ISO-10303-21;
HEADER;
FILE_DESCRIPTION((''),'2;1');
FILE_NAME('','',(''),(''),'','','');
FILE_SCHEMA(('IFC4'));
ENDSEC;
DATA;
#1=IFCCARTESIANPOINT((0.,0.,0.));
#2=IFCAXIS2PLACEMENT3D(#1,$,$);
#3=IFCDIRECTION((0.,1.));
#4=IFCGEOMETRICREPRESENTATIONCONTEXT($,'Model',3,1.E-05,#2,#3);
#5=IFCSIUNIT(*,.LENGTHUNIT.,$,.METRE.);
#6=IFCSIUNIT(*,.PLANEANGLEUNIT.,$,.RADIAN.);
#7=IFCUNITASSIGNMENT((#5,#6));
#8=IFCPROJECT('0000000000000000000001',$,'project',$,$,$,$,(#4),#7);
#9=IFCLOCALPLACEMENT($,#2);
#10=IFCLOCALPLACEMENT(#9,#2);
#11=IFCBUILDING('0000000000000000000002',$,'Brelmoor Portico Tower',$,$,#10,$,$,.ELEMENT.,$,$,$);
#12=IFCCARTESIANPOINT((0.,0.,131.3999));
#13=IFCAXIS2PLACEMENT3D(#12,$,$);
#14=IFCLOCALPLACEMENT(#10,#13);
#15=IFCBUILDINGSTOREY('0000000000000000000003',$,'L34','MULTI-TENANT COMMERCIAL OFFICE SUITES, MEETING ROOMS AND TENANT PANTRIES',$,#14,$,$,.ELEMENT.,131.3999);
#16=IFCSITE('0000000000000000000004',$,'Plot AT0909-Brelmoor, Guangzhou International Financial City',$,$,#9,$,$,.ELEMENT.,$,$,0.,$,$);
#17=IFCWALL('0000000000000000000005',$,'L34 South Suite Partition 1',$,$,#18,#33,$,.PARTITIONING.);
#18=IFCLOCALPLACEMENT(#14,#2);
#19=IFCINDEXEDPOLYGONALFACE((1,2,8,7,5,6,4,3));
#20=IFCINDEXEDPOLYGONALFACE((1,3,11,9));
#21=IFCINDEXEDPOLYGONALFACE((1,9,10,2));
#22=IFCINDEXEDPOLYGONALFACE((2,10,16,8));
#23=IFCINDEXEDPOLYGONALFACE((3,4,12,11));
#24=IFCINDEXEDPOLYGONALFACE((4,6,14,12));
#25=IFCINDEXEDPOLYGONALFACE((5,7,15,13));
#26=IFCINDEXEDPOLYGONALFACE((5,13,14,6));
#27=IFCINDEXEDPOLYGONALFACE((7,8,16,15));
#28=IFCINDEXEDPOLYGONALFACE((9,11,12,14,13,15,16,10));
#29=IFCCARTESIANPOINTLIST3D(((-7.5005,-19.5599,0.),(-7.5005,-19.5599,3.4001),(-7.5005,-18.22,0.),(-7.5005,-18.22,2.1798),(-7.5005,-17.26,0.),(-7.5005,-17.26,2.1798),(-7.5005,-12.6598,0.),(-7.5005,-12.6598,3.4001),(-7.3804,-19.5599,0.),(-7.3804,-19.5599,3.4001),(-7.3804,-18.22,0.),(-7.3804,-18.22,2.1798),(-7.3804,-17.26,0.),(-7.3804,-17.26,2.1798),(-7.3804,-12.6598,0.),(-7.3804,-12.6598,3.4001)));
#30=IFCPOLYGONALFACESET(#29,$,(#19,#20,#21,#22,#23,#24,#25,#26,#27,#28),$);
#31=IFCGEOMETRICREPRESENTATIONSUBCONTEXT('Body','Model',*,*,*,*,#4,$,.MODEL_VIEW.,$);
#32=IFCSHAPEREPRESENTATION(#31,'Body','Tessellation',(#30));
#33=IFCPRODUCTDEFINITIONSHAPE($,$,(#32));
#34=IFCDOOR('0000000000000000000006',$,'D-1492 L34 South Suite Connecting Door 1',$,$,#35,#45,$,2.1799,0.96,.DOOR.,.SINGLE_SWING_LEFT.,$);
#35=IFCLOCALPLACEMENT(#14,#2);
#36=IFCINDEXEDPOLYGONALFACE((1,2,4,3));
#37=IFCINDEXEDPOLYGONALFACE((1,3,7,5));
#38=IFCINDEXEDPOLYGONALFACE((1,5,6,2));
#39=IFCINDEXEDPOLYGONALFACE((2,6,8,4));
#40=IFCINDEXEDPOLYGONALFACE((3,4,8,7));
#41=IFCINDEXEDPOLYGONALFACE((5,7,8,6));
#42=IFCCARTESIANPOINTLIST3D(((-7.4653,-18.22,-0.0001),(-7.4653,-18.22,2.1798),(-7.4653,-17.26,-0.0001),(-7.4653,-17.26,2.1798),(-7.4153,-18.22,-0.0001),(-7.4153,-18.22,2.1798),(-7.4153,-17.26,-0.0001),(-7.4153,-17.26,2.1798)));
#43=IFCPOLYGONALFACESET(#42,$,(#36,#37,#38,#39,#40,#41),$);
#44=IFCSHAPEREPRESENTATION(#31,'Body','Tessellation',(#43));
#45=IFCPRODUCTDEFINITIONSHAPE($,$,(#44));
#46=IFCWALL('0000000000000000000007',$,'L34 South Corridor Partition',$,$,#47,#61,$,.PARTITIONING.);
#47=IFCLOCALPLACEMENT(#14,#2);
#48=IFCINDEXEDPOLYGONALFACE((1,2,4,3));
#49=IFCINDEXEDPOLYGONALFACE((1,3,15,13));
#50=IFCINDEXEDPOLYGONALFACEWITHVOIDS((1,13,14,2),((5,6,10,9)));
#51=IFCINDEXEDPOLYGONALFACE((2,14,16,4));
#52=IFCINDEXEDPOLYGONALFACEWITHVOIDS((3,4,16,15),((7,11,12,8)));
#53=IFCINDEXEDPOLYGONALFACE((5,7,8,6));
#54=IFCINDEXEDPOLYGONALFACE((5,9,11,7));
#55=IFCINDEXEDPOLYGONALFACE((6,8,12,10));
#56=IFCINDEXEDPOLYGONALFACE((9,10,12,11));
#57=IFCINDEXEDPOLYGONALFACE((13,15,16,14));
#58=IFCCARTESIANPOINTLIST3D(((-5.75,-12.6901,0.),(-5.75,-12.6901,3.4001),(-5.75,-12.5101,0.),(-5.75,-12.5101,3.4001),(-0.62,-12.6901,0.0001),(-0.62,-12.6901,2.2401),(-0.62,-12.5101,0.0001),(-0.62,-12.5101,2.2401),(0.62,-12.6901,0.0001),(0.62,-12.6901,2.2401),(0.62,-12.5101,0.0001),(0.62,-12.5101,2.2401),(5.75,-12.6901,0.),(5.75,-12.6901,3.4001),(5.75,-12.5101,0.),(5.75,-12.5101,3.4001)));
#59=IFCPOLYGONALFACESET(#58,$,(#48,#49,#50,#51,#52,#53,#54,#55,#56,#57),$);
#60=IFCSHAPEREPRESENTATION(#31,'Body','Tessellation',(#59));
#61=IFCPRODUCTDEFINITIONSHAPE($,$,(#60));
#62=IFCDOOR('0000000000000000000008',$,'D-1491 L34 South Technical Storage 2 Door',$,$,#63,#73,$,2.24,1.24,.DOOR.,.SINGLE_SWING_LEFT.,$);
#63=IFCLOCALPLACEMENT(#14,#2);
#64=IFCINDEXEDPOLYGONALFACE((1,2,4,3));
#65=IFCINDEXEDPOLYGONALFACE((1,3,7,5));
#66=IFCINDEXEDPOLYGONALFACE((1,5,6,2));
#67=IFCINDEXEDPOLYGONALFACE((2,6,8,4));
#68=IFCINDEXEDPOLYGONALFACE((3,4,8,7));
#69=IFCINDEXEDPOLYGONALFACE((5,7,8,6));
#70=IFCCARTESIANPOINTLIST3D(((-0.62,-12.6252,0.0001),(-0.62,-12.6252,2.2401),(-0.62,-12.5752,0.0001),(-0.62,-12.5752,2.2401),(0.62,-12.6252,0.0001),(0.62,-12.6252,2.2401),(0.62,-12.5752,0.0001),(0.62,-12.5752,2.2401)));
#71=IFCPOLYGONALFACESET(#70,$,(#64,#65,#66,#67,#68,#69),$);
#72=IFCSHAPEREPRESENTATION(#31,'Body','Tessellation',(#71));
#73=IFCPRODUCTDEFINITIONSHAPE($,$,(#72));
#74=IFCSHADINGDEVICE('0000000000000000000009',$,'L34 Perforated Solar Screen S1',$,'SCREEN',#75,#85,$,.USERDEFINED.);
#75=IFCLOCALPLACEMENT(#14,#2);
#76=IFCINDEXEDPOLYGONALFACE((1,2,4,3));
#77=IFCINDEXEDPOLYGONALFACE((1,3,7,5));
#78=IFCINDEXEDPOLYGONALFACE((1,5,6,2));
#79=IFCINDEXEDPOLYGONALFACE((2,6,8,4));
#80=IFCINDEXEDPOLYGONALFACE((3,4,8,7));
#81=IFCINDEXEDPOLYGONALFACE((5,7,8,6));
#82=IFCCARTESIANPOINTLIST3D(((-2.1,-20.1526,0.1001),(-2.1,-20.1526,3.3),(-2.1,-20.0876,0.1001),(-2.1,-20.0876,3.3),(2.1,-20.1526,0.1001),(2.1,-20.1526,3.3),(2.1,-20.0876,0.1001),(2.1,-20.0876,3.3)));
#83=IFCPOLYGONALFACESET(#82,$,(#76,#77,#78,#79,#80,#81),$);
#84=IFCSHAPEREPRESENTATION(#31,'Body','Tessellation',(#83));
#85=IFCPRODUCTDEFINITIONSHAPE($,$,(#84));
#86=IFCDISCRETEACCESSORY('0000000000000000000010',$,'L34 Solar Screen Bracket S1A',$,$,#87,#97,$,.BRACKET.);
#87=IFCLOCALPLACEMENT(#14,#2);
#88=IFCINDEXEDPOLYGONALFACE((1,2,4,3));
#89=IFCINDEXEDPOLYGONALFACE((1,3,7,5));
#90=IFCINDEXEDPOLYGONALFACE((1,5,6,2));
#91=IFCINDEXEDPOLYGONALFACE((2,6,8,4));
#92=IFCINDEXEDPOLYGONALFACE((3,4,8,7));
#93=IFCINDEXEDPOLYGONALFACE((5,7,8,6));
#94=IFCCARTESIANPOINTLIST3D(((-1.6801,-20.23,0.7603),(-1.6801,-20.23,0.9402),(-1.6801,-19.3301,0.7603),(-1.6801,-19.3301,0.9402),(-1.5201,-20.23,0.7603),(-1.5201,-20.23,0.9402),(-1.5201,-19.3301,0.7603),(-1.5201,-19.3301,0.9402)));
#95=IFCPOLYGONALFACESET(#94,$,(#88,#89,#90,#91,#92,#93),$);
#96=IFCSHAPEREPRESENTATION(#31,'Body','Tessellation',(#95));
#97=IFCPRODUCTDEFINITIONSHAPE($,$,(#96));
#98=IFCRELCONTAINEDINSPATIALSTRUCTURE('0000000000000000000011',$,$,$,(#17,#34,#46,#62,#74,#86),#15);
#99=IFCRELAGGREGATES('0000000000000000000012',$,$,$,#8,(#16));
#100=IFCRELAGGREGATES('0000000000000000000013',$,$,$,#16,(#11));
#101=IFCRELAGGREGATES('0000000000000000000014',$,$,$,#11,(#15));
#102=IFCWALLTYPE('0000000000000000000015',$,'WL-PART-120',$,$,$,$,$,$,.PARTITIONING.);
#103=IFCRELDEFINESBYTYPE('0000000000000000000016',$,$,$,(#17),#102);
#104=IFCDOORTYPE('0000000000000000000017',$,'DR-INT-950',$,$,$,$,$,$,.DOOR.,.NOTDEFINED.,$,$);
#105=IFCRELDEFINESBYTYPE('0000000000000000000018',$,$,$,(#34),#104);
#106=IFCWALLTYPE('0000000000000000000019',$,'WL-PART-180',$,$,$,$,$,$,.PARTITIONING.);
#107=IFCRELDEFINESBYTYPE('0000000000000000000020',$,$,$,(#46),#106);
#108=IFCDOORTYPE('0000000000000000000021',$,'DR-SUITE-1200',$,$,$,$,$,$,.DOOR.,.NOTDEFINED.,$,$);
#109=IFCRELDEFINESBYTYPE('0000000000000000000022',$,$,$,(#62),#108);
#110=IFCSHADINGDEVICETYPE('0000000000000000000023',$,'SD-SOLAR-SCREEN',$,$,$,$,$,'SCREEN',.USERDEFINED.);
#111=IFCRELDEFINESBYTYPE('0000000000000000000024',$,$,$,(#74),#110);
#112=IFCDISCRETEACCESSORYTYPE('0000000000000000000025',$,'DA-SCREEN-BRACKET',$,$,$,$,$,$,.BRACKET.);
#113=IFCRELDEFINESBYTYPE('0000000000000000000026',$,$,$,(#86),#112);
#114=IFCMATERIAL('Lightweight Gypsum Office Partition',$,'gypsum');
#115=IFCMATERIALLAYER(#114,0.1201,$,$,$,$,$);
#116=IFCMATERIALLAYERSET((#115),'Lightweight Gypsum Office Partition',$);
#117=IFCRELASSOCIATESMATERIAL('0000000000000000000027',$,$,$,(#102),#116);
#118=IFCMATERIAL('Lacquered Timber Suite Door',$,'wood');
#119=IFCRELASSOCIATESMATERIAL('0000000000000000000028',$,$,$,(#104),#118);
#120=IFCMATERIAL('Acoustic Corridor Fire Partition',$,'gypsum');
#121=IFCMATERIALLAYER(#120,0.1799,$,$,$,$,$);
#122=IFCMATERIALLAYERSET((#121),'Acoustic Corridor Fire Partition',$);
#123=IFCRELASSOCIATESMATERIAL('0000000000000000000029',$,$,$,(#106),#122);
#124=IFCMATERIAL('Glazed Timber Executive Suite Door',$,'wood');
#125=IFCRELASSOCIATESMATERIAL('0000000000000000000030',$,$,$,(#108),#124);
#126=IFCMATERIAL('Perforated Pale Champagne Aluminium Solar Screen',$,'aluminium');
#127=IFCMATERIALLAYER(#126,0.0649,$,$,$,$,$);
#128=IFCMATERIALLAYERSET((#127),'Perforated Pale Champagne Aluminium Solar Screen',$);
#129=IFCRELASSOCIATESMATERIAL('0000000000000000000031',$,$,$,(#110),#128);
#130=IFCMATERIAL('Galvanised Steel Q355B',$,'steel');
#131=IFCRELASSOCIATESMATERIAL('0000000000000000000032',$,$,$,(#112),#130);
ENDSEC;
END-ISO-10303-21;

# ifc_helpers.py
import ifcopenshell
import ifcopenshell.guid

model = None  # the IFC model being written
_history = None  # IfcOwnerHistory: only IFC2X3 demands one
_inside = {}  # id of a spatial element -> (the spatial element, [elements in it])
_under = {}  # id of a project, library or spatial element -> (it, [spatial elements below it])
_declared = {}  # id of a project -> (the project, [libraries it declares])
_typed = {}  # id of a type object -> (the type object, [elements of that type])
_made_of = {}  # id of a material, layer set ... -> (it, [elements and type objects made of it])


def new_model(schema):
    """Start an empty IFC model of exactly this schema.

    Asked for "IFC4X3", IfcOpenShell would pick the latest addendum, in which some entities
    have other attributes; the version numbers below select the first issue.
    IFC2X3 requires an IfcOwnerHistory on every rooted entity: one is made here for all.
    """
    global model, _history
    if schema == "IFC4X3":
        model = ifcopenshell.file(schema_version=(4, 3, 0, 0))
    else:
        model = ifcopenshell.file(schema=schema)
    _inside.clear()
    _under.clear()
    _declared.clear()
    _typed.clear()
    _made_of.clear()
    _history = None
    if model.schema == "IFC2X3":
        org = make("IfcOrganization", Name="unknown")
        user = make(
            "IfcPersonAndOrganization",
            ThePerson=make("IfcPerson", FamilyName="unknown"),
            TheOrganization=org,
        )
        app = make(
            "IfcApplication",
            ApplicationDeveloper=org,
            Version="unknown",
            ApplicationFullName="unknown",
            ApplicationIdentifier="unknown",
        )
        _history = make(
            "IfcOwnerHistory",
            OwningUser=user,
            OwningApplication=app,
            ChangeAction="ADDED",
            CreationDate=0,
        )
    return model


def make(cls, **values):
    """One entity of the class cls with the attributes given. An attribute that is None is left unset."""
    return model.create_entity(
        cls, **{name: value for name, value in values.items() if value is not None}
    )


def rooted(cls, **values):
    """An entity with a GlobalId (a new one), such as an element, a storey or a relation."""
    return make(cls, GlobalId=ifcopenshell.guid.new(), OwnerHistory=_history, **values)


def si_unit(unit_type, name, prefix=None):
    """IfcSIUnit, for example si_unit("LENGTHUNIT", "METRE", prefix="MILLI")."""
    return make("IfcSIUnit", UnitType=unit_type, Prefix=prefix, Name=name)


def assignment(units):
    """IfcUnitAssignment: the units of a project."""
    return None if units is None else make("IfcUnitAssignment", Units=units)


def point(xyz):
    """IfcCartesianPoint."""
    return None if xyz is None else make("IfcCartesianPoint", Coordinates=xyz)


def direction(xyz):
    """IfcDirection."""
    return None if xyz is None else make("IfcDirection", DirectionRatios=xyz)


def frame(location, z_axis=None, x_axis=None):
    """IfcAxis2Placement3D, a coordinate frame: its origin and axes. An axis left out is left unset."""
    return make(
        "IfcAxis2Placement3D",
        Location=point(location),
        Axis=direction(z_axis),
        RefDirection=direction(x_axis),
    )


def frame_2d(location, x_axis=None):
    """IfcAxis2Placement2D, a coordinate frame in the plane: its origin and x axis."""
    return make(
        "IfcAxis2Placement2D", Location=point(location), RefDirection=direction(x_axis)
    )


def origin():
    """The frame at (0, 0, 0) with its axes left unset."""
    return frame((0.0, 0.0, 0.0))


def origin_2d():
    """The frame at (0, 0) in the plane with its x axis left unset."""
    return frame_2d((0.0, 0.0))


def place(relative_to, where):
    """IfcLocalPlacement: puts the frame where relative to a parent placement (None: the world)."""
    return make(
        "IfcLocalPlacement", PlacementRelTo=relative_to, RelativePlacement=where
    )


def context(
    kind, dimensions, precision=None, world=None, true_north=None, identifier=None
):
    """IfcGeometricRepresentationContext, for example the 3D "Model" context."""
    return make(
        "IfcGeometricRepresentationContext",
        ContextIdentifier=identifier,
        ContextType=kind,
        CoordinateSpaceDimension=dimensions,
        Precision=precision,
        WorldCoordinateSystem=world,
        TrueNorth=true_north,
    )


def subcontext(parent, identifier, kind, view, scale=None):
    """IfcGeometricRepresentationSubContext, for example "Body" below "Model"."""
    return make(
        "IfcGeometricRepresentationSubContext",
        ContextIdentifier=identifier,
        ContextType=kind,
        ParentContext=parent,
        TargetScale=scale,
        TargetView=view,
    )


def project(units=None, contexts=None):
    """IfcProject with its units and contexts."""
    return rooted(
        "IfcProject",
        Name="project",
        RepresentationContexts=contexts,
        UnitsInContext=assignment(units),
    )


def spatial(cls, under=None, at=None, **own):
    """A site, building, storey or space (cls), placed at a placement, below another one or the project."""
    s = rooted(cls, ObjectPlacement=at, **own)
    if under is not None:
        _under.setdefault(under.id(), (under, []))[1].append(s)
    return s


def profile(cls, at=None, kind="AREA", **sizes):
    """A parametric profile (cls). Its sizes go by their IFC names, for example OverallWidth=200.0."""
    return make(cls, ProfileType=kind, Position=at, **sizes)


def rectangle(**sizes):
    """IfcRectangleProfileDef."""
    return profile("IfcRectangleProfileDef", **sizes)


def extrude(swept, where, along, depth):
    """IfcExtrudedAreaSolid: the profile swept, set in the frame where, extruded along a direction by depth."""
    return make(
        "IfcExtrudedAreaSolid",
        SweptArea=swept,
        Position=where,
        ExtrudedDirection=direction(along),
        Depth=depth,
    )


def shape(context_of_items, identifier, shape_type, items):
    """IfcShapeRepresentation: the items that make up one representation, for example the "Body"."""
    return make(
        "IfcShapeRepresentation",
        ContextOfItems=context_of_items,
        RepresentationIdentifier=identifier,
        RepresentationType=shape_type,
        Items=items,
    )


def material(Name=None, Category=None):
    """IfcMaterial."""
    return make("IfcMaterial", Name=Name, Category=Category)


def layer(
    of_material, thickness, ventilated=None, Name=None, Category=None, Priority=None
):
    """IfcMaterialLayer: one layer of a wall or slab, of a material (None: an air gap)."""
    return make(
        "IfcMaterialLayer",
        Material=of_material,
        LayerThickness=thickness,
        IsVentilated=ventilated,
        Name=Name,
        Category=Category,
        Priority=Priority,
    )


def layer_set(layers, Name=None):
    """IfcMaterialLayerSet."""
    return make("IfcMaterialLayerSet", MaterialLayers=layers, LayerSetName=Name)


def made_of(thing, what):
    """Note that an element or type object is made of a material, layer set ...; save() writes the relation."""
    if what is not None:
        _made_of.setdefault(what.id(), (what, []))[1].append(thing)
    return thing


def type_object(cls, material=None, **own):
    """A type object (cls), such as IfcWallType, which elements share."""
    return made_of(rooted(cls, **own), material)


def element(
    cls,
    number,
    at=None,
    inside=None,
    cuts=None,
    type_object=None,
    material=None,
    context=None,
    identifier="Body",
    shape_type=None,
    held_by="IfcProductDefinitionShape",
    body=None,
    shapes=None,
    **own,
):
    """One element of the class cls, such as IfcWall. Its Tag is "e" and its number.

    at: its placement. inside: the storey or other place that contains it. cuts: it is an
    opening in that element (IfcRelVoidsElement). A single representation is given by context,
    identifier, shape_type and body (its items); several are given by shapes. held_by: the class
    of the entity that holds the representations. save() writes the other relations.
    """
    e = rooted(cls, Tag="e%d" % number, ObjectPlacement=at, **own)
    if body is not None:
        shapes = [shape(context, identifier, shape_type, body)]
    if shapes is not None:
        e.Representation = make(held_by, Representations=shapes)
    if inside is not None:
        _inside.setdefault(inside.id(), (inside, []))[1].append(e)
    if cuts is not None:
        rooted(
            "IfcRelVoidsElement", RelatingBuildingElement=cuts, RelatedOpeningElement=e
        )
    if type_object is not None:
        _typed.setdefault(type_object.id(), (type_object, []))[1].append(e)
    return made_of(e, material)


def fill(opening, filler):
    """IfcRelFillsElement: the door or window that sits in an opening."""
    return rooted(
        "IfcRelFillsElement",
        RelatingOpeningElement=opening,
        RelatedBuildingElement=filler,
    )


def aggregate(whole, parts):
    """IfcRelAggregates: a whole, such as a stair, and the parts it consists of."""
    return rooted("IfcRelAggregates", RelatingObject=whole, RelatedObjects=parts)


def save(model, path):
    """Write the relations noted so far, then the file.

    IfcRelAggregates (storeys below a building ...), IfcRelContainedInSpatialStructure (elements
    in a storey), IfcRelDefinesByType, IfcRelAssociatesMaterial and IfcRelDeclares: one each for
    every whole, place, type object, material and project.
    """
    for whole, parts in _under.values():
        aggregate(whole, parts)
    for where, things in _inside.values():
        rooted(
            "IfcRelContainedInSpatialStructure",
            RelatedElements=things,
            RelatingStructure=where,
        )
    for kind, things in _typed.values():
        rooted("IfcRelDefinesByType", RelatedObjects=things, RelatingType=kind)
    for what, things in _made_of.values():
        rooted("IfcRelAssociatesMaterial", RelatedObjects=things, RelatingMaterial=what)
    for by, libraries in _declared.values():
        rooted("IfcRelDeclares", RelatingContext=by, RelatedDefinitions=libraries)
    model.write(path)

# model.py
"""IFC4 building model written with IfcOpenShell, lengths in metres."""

from ifc_helpers import new_model, si_unit, direction, frame, frame_2d, origin, origin_2d, place, context, subcontext, project, spatial, rectangle, extrude, material, layer, layer_set, type_object, element, fill, save


model = new_model("IFC4")

# Units and contexts
model_context = context("Model", 3, precision=1e-05, world=origin(), true_north=direction((0.0, 1.0)))
body_context = subcontext(model_context, "Body", "Model", "MODEL_VIEW")
ifc_project = project(units=[si_unit("LENGTHUNIT", "METRE"), si_unit("PLANEANGLEUNIT", "RADIAN")], contexts=[model_context])

# Site, building, storey
site_placement = place(None, origin())
site = spatial("IfcSite", under=ifc_project, at=site_placement, Name="Plot AT0909-Brelmoor, Guangzhou International Financial City", CompositionType="ELEMENT", RefElevation=0.0)
building_placement = place(site_placement, origin())
building = spatial("IfcBuilding", under=site, at=building_placement, Name="Brelmoor Portico Tower", CompositionType="ELEMENT")
storey_placement = place(building_placement, frame((0.0, 0.0, 131.3999)))
storey = spatial("IfcBuildingStorey", under=building, at=storey_placement, Name="L34", Description="MULTI-TENANT COMMERCIAL OFFICE SUITES, MEETING ROOMS AND TENANT PANTRIES", CompositionType="ELEMENT", Elevation=131.3999)

# Walls, openings, doors
ifc_material_1 = material(Name="Lightweight Gypsum Office Partition", Category="gypsum")
ifc_layer_1 = layer(ifc_material_1, 0.1201)
ifc_layer_set_1 = layer_set([ifc_layer_1], Name="Lightweight Gypsum Office Partition")
wall_type_1 = type_object("IfcWallType", Name="WL-PART-120", PredefinedType="PARTITIONING", material=ifc_layer_set_1)
wall_1_placement = place(storey_placement, frame((-7.4404, -19.5601, 0.0), z_axis=(0.0, 0.0, 1.0), x_axis=(0.0, 1.0, 0.0)))
wall_1 = element("IfcWall", 1, at=wall_1_placement, inside=storey, type_object=wall_type_1, Name="L34 South Suite Partition 1", PredefinedType="PARTITIONING", context=body_context, shape_type="SweptSolid", body=[
    extrude(rectangle(XDim=6.9001, YDim=0.1201, at=frame_2d((3.4502, 0.0))), origin(), (0.0, 0.0, 1.0), 3.4001),
])
opening_1_placement = place(wall_1_placement, frame((1.3401, 0.0, 0.0)))
opening_1 = element("IfcOpeningElement", 2, at=opening_1_placement, cuts=wall_1, PredefinedType="OPENING", context=body_context, shape_type="SweptSolid", body=[
    extrude(rectangle(XDim=0.96, YDim=2.1799, at=frame_2d((0.48, 1.0898))), frame((0.0, 0.0701, 0.0), z_axis=(0.0, -1.0, 0.0), x_axis=(1.0, 0.0, 0.0)), (0.0, 0.0, 1.0), 0.1401),
])
ifc_material_2 = material(Name="Lacquered Timber Suite Door", Category="wood")
door_type_1 = type_object("IfcDoorType", Name="DR-INT-950", OperationType="NOTDEFINED", PredefinedType="DOOR", material=ifc_material_2)
door_1_placement = place(opening_1_placement, origin())
door_1 = element("IfcDoor", 3, at=door_1_placement, inside=storey, type_object=door_type_1, Name="D-1492 L34 South Suite Connecting Door 1", OperationType="SINGLE_SWING_LEFT", OverallHeight=2.1799, OverallWidth=0.96, PredefinedType="DOOR", context=body_context, shape_type="SweptSolid", body=[
    extrude(rectangle(XDim=0.96, YDim=2.1799, at=frame_2d((0.48, 1.0898))), frame((0.0, 0.0249, 0.0), z_axis=(0.0, -1.0, 0.0), x_axis=(1.0, 0.0, 0.0)), (0.0, 0.0, 1.0), 0.05),
])
fill(opening_1, door_1)
ifc_material_3 = material(Name="Acoustic Corridor Fire Partition", Category="gypsum")
ifc_layer_2 = layer(ifc_material_3, 0.1799)
ifc_layer_set_2 = layer_set([ifc_layer_2], Name="Acoustic Corridor Fire Partition")
wall_type_2 = type_object("IfcWallType", Name="WL-PART-180", PredefinedType="PARTITIONING", material=ifc_layer_set_2)
wall_2_placement = place(storey_placement, frame((-5.75, -12.6001, 0.0), z_axis=(0.0, 0.0, 1.0), x_axis=(1.0, 0.0, 0.0)))
wall_2 = element("IfcWall", 4, at=wall_2_placement, inside=storey, type_object=wall_type_2, Name="L34 South Corridor Partition", PredefinedType="PARTITIONING", context=body_context, shape_type="SweptSolid", body=[
    extrude(rectangle(XDim=11.5, YDim=0.1799, at=frame_2d((5.75, 0.0))), origin(), (0.0, 0.0, 1.0), 3.4001),
])
opening_2_placement = place(wall_2_placement, frame((5.1299, 0.0, 0.0)))
opening_2 = element("IfcOpeningElement", 5, at=opening_2_placement, cuts=wall_2, PredefinedType="OPENING", context=body_context, shape_type="SweptSolid", body=[
    extrude(rectangle(XDim=1.24, YDim=2.24, at=frame_2d((0.6201, 1.1201))), frame((0.0, 0.0999, 0.0), z_axis=(0.0, -1.0, 0.0), x_axis=(1.0, 0.0, 0.0)), (0.0, 0.0, 1.0), 0.2),
])
ifc_material_4 = material(Name="Glazed Timber Executive Suite Door", Category="wood")
door_type_2 = type_object("IfcDoorType", Name="DR-SUITE-1200", OperationType="NOTDEFINED", PredefinedType="DOOR", material=ifc_material_4)
door_2_placement = place(opening_2_placement, origin())
door_2 = element("IfcDoor", 6, at=door_2_placement, inside=storey, type_object=door_type_2, Name="D-1491 L34 South Technical Storage 2 Door", OperationType="SINGLE_SWING_LEFT", OverallHeight=2.24, OverallWidth=1.24, PredefinedType="DOOR", context=body_context, shape_type="SweptSolid", body=[
    extrude(rectangle(XDim=1.24, YDim=2.24, at=frame_2d((0.6201, 1.1201))), frame((0.0, 0.0249, 0.0), z_axis=(0.0, -1.0, 0.0), x_axis=(1.0, 0.0, 0.0)), (0.0, 0.0, 1.0), 0.05),
])
fill(opening_2, door_2)

# Shading device
ifc_material_5 = material(Name="Perforated Pale Champagne Aluminium Solar Screen", Category="aluminium")
ifc_layer_3 = layer(ifc_material_5, 0.0649)
ifc_layer_set_3 = layer_set([ifc_layer_3], Name="Perforated Pale Champagne Aluminium Solar Screen")
shading_device_type = type_object("IfcShadingDeviceType", Name="SD-SOLAR-SCREEN", ElementType="SCREEN", PredefinedType="USERDEFINED", material=ifc_layer_set_3)
shading_device_placement = place(storey_placement, frame((0.0, -20.1201, 0.1001), z_axis=(0.0, 0.0, 1.0), x_axis=(1.0, 0.0, 0.0)))
element("IfcShadingDevice", 7, at=shading_device_placement, inside=storey, type_object=shading_device_type, Name="L34 Perforated Solar Screen S1", ObjectType="SCREEN", PredefinedType="USERDEFINED", context=body_context, shape_type="SweptSolid", body=[
    extrude(rectangle(XDim=4.2, YDim=0.0649, at=origin_2d()), origin(), (0.0, 0.0, 1.0), 3.2),
])

# Discrete accessory
ifc_material_6 = material(Name="Galvanised Steel Q355B", Category="steel")
discrete_accessory_type = type_object("IfcDiscreteAccessoryType", Name="DA-SCREEN-BRACKET", PredefinedType="BRACKET", material=ifc_material_6)
discrete_accessory_placement = place(storey_placement, frame((-1.6001, -19.78, 0.7603), z_axis=(0.0, 0.0, 1.0), x_axis=(1.0, 0.0, 0.0)))
element("IfcDiscreteAccessory", 8, at=discrete_accessory_placement, inside=storey, type_object=discrete_accessory_type, Name="L34 Solar Screen Bracket S1A", PredefinedType="BRACKET", context=body_context, shape_type="SweptSolid", body=[
    extrude(rectangle(XDim=0.1599, YDim=0.8999, at=origin_2d()), origin(), (0.0, 0.0, 1.0), 0.1799),
])

save(model, "model.ifc")
